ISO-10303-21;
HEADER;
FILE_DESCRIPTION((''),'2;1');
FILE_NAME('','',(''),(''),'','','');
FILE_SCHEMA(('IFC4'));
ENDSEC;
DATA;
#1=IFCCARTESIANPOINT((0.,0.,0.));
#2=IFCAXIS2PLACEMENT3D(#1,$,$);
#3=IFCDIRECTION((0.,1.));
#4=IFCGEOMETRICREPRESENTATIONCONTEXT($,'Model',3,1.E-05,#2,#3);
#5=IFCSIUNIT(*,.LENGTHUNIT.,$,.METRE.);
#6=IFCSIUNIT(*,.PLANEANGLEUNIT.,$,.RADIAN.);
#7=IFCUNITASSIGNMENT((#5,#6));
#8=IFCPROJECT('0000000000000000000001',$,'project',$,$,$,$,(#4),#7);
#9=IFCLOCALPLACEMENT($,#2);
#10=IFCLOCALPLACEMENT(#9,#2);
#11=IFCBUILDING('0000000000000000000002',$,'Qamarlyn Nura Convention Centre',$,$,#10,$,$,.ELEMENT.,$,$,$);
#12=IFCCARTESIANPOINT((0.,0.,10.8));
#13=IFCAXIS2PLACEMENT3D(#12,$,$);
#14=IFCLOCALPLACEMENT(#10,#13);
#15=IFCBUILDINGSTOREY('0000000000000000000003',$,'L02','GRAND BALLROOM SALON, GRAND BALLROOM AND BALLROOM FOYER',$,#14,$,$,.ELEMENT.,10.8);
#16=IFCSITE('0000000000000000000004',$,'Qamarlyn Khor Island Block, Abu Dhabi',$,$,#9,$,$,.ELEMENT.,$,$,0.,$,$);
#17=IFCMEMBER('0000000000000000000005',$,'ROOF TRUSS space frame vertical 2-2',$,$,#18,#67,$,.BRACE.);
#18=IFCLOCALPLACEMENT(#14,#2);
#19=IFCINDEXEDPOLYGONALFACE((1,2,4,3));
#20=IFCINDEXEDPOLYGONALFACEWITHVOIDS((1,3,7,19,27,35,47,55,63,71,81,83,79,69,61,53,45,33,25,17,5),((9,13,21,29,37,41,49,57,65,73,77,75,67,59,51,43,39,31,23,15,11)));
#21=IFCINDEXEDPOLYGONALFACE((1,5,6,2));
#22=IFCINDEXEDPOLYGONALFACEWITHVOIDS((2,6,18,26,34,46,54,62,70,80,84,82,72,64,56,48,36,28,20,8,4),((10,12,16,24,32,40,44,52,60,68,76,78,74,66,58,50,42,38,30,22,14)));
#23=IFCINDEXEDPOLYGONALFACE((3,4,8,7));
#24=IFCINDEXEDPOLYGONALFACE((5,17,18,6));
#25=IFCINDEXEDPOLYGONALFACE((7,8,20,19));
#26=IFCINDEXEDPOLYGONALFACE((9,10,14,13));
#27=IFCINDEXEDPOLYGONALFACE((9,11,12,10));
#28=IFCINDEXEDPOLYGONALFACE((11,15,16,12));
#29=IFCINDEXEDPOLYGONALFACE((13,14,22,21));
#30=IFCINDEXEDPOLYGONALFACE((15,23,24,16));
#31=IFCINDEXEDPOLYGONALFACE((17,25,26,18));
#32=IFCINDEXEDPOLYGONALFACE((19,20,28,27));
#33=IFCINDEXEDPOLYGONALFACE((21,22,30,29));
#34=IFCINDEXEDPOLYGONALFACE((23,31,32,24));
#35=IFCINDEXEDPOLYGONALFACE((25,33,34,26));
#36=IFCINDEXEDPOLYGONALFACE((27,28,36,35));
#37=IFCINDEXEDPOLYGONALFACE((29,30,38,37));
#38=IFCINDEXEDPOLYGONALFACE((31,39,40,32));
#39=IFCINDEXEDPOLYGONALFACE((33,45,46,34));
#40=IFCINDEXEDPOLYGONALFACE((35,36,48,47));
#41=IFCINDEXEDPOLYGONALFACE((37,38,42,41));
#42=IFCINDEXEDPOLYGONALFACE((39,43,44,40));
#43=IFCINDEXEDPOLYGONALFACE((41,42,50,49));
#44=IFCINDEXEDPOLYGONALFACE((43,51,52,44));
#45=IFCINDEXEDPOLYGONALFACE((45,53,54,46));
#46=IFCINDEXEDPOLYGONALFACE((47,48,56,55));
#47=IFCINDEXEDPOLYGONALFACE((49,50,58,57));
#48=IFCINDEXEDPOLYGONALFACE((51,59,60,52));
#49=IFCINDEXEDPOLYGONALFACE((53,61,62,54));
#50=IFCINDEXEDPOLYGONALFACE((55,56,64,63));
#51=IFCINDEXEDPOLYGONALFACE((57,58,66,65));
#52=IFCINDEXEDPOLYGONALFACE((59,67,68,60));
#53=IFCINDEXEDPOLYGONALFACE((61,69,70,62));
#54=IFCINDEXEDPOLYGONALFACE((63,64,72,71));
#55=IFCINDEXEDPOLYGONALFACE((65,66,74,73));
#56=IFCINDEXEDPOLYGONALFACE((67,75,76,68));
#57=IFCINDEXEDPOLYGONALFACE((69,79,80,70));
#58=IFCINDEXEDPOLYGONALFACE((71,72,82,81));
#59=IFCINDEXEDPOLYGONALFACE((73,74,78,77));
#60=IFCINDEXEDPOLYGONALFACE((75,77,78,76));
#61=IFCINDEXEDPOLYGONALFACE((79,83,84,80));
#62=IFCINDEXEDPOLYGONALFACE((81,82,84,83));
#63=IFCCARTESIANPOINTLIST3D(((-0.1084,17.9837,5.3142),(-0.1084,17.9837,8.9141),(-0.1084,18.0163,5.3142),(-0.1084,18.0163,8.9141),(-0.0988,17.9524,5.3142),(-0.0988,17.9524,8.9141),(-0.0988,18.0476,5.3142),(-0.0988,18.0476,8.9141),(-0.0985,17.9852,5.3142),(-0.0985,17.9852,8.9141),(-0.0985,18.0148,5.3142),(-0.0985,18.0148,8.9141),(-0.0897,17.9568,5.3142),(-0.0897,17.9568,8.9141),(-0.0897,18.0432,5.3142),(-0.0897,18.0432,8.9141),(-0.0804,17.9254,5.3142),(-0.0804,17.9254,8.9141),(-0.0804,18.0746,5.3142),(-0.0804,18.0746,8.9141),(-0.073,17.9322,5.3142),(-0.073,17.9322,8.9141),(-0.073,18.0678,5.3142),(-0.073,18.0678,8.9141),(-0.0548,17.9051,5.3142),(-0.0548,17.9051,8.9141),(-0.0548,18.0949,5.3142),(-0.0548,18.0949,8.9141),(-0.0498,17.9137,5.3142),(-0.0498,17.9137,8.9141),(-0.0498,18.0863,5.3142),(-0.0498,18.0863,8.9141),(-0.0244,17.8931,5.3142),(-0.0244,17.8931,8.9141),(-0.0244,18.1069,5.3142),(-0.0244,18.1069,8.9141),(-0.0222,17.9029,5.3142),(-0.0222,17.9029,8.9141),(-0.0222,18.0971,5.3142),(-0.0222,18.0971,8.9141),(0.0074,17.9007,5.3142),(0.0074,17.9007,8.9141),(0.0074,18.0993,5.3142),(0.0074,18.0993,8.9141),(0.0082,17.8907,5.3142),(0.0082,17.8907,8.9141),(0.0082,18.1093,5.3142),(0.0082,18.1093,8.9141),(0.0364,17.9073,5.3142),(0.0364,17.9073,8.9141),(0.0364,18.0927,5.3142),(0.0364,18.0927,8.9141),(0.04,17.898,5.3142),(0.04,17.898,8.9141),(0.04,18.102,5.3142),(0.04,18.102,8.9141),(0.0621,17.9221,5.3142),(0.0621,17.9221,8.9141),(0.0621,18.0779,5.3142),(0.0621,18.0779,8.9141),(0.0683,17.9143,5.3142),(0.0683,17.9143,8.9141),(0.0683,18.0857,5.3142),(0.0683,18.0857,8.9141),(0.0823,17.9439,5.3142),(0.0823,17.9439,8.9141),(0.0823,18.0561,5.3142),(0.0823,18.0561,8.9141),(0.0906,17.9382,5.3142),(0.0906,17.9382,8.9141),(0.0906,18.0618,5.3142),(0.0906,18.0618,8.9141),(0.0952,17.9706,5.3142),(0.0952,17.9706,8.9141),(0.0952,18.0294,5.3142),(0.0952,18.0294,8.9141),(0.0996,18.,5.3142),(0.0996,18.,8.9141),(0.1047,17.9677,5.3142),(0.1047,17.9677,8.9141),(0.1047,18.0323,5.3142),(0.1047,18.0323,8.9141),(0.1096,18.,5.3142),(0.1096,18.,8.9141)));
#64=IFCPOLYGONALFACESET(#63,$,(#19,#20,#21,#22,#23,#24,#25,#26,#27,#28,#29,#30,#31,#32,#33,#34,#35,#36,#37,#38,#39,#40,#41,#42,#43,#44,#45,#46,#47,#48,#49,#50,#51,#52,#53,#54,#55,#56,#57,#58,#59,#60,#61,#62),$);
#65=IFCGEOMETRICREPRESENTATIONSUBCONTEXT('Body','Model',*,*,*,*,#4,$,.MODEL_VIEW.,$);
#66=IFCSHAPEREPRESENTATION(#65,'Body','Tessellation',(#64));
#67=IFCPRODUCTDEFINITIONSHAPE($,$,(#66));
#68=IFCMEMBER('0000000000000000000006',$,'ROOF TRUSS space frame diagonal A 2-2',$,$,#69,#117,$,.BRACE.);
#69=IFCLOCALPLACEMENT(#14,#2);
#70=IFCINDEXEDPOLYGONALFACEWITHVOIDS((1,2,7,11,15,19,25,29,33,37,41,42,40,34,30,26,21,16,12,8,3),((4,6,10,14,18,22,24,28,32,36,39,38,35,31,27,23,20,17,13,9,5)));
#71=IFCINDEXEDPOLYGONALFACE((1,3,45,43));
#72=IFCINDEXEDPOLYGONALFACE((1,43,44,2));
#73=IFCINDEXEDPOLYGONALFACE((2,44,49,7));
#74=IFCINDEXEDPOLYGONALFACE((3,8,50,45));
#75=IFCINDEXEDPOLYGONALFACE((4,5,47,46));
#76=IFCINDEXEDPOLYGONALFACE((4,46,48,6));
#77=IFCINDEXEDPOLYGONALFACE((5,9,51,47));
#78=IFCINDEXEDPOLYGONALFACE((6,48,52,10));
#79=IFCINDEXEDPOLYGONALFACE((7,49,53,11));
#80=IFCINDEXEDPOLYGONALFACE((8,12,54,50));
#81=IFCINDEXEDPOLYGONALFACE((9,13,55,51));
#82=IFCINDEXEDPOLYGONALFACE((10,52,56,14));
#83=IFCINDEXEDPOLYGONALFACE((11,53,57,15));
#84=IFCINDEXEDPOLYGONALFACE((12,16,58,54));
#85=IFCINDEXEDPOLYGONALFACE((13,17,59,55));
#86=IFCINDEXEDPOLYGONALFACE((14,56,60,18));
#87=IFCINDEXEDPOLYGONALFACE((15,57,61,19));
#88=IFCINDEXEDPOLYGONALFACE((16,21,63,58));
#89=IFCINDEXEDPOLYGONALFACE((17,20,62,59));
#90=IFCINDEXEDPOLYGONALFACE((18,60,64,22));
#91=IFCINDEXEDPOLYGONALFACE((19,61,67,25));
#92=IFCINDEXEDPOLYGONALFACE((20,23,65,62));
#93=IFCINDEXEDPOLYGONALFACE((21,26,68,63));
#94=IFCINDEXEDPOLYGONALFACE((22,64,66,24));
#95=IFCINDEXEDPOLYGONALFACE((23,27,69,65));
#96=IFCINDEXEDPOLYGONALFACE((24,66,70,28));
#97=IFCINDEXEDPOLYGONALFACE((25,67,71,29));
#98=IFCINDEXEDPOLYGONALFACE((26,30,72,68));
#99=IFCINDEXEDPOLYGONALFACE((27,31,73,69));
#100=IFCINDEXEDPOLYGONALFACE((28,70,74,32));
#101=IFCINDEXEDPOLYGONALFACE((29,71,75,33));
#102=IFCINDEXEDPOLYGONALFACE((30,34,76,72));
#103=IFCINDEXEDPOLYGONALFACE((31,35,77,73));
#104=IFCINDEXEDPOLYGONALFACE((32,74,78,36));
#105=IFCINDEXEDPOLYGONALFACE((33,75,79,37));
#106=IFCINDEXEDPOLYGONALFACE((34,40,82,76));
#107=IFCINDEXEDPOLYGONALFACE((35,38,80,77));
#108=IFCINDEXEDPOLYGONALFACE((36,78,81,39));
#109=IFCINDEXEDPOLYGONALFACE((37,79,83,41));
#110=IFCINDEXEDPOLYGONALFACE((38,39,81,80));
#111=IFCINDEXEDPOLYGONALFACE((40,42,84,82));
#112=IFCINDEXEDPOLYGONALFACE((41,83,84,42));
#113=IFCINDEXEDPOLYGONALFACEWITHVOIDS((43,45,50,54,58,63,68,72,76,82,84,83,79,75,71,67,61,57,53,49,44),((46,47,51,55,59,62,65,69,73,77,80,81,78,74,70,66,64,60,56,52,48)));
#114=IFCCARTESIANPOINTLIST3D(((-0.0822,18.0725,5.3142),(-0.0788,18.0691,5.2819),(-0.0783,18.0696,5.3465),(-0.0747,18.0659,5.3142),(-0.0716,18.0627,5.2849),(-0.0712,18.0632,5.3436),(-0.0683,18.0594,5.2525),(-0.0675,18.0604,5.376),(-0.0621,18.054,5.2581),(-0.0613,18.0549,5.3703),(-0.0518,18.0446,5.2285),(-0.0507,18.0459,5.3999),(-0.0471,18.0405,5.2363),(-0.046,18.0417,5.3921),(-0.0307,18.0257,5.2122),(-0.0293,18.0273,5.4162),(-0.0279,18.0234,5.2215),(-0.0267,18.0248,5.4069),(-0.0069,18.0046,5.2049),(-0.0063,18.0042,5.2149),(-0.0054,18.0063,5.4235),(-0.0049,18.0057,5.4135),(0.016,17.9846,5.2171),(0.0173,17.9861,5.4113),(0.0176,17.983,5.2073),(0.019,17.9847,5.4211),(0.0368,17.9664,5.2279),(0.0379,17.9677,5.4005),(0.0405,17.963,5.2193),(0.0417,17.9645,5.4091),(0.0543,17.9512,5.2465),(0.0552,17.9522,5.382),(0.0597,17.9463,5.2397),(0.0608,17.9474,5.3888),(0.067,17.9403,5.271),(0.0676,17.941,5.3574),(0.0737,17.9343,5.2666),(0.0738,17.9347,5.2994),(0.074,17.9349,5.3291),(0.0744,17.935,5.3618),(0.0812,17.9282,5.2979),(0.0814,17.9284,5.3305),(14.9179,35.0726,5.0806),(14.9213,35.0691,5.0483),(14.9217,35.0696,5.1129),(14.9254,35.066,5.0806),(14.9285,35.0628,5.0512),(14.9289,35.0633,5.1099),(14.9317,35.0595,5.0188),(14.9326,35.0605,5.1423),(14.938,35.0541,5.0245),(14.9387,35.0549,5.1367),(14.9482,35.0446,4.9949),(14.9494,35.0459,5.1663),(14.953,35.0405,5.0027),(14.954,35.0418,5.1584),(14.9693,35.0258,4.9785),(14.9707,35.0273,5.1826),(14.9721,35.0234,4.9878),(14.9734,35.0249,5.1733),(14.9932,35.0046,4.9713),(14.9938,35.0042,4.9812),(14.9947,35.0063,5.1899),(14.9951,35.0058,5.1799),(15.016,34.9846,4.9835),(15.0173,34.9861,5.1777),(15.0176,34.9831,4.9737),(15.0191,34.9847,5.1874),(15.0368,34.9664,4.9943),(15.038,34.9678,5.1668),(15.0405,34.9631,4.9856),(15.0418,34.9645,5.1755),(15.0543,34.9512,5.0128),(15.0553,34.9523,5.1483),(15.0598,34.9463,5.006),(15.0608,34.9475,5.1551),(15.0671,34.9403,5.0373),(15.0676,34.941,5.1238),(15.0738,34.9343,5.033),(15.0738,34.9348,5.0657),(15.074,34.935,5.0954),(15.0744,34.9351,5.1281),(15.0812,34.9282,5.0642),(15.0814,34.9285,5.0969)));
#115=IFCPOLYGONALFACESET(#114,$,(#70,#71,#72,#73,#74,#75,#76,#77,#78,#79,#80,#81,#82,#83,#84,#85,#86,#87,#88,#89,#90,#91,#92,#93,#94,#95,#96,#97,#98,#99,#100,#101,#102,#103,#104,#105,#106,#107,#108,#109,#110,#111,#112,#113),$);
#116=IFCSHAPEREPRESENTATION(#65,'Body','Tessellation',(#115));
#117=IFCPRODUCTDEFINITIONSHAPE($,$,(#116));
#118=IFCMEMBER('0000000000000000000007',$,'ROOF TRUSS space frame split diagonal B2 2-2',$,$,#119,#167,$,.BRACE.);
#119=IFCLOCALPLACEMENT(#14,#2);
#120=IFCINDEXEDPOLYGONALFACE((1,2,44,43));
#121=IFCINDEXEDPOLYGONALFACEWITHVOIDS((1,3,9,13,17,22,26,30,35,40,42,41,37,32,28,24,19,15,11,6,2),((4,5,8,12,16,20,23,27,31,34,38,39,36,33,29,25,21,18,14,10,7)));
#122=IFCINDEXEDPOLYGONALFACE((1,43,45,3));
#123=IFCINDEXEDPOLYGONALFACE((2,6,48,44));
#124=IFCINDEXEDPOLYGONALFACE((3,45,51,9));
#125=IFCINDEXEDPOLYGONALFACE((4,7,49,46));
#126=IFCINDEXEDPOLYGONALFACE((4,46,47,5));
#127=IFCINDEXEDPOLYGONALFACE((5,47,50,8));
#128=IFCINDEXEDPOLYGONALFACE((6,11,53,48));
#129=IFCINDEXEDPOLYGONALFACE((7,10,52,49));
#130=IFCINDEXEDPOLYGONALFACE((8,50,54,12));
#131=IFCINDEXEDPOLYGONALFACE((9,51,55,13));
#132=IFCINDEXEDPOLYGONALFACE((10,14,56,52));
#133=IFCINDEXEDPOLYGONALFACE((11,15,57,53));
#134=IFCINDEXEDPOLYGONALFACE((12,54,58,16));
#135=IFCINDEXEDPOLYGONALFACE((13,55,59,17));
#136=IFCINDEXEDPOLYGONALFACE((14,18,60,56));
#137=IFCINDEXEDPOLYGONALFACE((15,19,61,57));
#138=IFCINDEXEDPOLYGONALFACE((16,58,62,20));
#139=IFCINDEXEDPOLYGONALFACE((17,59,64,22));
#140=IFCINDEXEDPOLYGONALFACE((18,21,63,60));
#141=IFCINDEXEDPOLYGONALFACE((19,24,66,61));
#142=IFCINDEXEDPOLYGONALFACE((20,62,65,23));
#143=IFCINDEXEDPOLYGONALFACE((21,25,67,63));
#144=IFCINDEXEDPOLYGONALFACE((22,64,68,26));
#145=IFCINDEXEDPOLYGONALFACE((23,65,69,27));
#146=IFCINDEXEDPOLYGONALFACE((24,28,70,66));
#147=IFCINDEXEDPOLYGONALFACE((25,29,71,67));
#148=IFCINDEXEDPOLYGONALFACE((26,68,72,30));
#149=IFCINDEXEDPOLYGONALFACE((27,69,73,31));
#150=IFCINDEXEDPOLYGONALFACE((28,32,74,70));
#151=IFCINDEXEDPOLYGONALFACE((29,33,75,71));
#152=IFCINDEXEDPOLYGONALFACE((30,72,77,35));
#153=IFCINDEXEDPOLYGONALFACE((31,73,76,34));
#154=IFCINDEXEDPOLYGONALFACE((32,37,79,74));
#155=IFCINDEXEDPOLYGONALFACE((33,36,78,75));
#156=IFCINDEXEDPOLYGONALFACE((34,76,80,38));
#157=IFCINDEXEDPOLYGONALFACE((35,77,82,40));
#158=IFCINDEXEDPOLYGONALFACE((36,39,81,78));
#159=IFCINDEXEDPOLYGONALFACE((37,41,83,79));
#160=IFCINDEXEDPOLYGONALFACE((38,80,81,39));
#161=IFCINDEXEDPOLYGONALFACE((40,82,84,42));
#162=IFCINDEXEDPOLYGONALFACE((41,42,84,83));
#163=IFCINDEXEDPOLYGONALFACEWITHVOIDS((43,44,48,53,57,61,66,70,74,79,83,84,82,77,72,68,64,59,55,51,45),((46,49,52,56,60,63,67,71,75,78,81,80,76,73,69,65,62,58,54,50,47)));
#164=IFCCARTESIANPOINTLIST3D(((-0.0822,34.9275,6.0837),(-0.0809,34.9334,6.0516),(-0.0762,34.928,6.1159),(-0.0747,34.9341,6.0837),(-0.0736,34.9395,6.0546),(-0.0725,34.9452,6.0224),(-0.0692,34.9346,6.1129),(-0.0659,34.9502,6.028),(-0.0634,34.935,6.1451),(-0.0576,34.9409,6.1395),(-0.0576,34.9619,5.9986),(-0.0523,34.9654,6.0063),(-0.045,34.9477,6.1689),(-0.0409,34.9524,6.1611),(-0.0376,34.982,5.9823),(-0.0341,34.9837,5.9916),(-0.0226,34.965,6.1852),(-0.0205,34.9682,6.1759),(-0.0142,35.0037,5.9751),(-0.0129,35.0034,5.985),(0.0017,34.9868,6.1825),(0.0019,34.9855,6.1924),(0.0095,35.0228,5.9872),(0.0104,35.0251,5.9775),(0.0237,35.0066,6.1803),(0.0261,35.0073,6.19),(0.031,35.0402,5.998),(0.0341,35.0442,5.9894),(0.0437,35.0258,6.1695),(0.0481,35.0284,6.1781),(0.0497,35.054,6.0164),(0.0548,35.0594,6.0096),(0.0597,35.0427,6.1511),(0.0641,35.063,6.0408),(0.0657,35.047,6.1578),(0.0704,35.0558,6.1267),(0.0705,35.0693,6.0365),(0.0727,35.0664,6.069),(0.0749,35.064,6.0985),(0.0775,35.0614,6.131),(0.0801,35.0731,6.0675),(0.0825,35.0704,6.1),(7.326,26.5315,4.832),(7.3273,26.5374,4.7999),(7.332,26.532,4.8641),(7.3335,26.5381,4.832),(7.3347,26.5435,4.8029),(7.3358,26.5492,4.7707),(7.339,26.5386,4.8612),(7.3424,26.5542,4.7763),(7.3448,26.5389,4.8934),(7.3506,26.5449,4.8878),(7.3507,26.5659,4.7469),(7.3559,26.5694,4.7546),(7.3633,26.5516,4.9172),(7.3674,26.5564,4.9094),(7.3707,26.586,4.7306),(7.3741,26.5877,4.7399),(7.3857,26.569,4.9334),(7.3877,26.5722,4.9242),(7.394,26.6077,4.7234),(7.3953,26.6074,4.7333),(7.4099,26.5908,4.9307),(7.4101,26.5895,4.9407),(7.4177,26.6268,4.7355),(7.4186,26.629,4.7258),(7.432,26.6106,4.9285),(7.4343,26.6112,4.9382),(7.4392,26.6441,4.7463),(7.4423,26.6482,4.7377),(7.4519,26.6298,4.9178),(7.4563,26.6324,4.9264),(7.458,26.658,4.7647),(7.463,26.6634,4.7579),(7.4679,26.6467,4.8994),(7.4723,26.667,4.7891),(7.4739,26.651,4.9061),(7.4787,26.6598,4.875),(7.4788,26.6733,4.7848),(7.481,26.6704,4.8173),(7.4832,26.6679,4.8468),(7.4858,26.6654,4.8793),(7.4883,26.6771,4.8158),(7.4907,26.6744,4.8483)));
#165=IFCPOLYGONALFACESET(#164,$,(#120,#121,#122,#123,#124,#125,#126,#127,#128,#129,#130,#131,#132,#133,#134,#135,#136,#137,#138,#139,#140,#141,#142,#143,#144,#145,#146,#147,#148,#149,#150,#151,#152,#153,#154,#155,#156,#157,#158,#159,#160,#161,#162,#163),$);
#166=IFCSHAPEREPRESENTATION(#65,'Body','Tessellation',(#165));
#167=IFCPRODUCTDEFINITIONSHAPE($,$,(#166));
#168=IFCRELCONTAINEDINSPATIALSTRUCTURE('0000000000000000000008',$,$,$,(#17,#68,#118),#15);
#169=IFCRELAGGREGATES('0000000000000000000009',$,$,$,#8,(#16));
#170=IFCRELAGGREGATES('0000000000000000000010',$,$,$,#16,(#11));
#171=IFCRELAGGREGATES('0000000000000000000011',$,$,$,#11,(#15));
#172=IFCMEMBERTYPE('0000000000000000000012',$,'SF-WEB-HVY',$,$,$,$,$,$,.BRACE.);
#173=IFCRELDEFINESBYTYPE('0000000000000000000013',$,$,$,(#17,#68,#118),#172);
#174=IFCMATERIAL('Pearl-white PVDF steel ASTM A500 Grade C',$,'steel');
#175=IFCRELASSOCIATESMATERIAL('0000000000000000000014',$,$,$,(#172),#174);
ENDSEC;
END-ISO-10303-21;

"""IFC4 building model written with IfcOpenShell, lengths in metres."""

from ifc_helpers import new_model, si_unit, direction, frame, origin, origin_2d, place, context, subcontext, project, spatial, hollow_circle, extrude, material, material_profile, profile_set, type_object, element, save


model = new_model("IFC4")

# Units and contexts
model_context = context("Model", 3, precision=1e-05, world=origin(), true_north=direction((0.0, 1.0)))
body_context = subcontext(model_context, "Body", "Model", "MODEL_VIEW")
ifc_project = project(units=[si_unit("LENGTHUNIT", "METRE"), si_unit("PLANEANGLEUNIT", "RADIAN")], contexts=[model_context])

# Site, building, storey
site_placement = place(None, origin())
site = spatial("IfcSite", under=ifc_project, at=site_placement, Name="Qamarlyn Khor Island Block, Abu Dhabi", CompositionType="ELEMENT", RefElevation=0.0)
building_placement = place(site_placement, origin())
building = spatial("IfcBuilding", under=site, at=building_placement, Name="Qamarlyn Nura Convention Centre", CompositionType="ELEMENT")
storey_placement = place(building_placement, frame((0.0, 0.0, 10.8)))
storey = spatial("IfcBuildingStorey", under=building, at=storey_placement, Name="L02", Description="GRAND BALLROOM SALON, GRAND BALLROOM AND BALLROOM FOYER", CompositionType="ELEMENT", Elevation=10.8)

# Shared definitions
ifc_material_1 = material(Name="Pearl-white PVDF steel ASTM A500 Grade C", Category="steel")

# Members
ifc_material_profile_1 = material_profile(ifc_material_1, hollow_circle(Radius=0.1096, WallThickness=0.01, at=origin_2d()), Name="CHS219.1X10")
ifc_profile_set_1 = profile_set([ifc_material_profile_1], Name="Pearl-white PVDF steel ASTM A500 Grade C")
member_type_1 = type_object("IfcMemberType", Name="SF-WEB-HVY", PredefinedType="BRACE", material=ifc_profile_set_1)
member_1_placement = place(storey_placement, frame((0.0, 18.0, 5.3142), z_axis=(0.0, 0.0, 1.0), x_axis=(1.0, 0.0, 0.0)))
element("IfcMember", 1, at=member_1_placement, inside=storey, type_object=member_type_1, Name="ROOF TRUSS space frame vertical 2-2", PredefinedType="BRACE", context=body_context, shape_type="SweptSolid", body=[
    extrude(hollow_circle(Radius=0.1096, WallThickness=0.01, at=origin_2d()), origin(), (0.0, 0.0, 1.0), 3.5999),
])
member_2_placement = place(storey_placement, frame((0.0, 18.0, 5.3142), z_axis=(0.661587, 0.749798, -0.010305), x_axis=(-0.749838, 0.661622, 0.0)))
element("IfcMember", 2, at=member_2_placement, inside=storey, type_object=member_type_1, Name="ROOF TRUSS space frame diagonal A 2-2", PredefinedType="BRACE", context=body_context, shape_type="SweptSolid", body=[
    extrude(hollow_circle(Radius=0.1096, WallThickness=0.01, at=origin_2d()), origin(), (0.0, 0.0, 1.0), 22.6729),
])
member_3_placement = place(storey_placement, frame((7.4082, 26.604, 4.832), z_axis=(-0.657524, 0.745197, 0.111097), x_axis=(-0.749839, -0.66162, 0.0)))
element("IfcMember", 3, at=member_3_placement, inside=storey, type_object=member_type_1, Name="ROOF TRUSS space frame split diagonal B2 2-2", PredefinedType="BRACE", context=body_context, shape_type="SweptSolid", body=[
    extrude(hollow_circle(Radius=0.1096, WallThickness=0.01, at=origin_2d()), origin(), (0.0, 0.0, 1.0), 11.2668),
])

save(model, "model.ifc")
